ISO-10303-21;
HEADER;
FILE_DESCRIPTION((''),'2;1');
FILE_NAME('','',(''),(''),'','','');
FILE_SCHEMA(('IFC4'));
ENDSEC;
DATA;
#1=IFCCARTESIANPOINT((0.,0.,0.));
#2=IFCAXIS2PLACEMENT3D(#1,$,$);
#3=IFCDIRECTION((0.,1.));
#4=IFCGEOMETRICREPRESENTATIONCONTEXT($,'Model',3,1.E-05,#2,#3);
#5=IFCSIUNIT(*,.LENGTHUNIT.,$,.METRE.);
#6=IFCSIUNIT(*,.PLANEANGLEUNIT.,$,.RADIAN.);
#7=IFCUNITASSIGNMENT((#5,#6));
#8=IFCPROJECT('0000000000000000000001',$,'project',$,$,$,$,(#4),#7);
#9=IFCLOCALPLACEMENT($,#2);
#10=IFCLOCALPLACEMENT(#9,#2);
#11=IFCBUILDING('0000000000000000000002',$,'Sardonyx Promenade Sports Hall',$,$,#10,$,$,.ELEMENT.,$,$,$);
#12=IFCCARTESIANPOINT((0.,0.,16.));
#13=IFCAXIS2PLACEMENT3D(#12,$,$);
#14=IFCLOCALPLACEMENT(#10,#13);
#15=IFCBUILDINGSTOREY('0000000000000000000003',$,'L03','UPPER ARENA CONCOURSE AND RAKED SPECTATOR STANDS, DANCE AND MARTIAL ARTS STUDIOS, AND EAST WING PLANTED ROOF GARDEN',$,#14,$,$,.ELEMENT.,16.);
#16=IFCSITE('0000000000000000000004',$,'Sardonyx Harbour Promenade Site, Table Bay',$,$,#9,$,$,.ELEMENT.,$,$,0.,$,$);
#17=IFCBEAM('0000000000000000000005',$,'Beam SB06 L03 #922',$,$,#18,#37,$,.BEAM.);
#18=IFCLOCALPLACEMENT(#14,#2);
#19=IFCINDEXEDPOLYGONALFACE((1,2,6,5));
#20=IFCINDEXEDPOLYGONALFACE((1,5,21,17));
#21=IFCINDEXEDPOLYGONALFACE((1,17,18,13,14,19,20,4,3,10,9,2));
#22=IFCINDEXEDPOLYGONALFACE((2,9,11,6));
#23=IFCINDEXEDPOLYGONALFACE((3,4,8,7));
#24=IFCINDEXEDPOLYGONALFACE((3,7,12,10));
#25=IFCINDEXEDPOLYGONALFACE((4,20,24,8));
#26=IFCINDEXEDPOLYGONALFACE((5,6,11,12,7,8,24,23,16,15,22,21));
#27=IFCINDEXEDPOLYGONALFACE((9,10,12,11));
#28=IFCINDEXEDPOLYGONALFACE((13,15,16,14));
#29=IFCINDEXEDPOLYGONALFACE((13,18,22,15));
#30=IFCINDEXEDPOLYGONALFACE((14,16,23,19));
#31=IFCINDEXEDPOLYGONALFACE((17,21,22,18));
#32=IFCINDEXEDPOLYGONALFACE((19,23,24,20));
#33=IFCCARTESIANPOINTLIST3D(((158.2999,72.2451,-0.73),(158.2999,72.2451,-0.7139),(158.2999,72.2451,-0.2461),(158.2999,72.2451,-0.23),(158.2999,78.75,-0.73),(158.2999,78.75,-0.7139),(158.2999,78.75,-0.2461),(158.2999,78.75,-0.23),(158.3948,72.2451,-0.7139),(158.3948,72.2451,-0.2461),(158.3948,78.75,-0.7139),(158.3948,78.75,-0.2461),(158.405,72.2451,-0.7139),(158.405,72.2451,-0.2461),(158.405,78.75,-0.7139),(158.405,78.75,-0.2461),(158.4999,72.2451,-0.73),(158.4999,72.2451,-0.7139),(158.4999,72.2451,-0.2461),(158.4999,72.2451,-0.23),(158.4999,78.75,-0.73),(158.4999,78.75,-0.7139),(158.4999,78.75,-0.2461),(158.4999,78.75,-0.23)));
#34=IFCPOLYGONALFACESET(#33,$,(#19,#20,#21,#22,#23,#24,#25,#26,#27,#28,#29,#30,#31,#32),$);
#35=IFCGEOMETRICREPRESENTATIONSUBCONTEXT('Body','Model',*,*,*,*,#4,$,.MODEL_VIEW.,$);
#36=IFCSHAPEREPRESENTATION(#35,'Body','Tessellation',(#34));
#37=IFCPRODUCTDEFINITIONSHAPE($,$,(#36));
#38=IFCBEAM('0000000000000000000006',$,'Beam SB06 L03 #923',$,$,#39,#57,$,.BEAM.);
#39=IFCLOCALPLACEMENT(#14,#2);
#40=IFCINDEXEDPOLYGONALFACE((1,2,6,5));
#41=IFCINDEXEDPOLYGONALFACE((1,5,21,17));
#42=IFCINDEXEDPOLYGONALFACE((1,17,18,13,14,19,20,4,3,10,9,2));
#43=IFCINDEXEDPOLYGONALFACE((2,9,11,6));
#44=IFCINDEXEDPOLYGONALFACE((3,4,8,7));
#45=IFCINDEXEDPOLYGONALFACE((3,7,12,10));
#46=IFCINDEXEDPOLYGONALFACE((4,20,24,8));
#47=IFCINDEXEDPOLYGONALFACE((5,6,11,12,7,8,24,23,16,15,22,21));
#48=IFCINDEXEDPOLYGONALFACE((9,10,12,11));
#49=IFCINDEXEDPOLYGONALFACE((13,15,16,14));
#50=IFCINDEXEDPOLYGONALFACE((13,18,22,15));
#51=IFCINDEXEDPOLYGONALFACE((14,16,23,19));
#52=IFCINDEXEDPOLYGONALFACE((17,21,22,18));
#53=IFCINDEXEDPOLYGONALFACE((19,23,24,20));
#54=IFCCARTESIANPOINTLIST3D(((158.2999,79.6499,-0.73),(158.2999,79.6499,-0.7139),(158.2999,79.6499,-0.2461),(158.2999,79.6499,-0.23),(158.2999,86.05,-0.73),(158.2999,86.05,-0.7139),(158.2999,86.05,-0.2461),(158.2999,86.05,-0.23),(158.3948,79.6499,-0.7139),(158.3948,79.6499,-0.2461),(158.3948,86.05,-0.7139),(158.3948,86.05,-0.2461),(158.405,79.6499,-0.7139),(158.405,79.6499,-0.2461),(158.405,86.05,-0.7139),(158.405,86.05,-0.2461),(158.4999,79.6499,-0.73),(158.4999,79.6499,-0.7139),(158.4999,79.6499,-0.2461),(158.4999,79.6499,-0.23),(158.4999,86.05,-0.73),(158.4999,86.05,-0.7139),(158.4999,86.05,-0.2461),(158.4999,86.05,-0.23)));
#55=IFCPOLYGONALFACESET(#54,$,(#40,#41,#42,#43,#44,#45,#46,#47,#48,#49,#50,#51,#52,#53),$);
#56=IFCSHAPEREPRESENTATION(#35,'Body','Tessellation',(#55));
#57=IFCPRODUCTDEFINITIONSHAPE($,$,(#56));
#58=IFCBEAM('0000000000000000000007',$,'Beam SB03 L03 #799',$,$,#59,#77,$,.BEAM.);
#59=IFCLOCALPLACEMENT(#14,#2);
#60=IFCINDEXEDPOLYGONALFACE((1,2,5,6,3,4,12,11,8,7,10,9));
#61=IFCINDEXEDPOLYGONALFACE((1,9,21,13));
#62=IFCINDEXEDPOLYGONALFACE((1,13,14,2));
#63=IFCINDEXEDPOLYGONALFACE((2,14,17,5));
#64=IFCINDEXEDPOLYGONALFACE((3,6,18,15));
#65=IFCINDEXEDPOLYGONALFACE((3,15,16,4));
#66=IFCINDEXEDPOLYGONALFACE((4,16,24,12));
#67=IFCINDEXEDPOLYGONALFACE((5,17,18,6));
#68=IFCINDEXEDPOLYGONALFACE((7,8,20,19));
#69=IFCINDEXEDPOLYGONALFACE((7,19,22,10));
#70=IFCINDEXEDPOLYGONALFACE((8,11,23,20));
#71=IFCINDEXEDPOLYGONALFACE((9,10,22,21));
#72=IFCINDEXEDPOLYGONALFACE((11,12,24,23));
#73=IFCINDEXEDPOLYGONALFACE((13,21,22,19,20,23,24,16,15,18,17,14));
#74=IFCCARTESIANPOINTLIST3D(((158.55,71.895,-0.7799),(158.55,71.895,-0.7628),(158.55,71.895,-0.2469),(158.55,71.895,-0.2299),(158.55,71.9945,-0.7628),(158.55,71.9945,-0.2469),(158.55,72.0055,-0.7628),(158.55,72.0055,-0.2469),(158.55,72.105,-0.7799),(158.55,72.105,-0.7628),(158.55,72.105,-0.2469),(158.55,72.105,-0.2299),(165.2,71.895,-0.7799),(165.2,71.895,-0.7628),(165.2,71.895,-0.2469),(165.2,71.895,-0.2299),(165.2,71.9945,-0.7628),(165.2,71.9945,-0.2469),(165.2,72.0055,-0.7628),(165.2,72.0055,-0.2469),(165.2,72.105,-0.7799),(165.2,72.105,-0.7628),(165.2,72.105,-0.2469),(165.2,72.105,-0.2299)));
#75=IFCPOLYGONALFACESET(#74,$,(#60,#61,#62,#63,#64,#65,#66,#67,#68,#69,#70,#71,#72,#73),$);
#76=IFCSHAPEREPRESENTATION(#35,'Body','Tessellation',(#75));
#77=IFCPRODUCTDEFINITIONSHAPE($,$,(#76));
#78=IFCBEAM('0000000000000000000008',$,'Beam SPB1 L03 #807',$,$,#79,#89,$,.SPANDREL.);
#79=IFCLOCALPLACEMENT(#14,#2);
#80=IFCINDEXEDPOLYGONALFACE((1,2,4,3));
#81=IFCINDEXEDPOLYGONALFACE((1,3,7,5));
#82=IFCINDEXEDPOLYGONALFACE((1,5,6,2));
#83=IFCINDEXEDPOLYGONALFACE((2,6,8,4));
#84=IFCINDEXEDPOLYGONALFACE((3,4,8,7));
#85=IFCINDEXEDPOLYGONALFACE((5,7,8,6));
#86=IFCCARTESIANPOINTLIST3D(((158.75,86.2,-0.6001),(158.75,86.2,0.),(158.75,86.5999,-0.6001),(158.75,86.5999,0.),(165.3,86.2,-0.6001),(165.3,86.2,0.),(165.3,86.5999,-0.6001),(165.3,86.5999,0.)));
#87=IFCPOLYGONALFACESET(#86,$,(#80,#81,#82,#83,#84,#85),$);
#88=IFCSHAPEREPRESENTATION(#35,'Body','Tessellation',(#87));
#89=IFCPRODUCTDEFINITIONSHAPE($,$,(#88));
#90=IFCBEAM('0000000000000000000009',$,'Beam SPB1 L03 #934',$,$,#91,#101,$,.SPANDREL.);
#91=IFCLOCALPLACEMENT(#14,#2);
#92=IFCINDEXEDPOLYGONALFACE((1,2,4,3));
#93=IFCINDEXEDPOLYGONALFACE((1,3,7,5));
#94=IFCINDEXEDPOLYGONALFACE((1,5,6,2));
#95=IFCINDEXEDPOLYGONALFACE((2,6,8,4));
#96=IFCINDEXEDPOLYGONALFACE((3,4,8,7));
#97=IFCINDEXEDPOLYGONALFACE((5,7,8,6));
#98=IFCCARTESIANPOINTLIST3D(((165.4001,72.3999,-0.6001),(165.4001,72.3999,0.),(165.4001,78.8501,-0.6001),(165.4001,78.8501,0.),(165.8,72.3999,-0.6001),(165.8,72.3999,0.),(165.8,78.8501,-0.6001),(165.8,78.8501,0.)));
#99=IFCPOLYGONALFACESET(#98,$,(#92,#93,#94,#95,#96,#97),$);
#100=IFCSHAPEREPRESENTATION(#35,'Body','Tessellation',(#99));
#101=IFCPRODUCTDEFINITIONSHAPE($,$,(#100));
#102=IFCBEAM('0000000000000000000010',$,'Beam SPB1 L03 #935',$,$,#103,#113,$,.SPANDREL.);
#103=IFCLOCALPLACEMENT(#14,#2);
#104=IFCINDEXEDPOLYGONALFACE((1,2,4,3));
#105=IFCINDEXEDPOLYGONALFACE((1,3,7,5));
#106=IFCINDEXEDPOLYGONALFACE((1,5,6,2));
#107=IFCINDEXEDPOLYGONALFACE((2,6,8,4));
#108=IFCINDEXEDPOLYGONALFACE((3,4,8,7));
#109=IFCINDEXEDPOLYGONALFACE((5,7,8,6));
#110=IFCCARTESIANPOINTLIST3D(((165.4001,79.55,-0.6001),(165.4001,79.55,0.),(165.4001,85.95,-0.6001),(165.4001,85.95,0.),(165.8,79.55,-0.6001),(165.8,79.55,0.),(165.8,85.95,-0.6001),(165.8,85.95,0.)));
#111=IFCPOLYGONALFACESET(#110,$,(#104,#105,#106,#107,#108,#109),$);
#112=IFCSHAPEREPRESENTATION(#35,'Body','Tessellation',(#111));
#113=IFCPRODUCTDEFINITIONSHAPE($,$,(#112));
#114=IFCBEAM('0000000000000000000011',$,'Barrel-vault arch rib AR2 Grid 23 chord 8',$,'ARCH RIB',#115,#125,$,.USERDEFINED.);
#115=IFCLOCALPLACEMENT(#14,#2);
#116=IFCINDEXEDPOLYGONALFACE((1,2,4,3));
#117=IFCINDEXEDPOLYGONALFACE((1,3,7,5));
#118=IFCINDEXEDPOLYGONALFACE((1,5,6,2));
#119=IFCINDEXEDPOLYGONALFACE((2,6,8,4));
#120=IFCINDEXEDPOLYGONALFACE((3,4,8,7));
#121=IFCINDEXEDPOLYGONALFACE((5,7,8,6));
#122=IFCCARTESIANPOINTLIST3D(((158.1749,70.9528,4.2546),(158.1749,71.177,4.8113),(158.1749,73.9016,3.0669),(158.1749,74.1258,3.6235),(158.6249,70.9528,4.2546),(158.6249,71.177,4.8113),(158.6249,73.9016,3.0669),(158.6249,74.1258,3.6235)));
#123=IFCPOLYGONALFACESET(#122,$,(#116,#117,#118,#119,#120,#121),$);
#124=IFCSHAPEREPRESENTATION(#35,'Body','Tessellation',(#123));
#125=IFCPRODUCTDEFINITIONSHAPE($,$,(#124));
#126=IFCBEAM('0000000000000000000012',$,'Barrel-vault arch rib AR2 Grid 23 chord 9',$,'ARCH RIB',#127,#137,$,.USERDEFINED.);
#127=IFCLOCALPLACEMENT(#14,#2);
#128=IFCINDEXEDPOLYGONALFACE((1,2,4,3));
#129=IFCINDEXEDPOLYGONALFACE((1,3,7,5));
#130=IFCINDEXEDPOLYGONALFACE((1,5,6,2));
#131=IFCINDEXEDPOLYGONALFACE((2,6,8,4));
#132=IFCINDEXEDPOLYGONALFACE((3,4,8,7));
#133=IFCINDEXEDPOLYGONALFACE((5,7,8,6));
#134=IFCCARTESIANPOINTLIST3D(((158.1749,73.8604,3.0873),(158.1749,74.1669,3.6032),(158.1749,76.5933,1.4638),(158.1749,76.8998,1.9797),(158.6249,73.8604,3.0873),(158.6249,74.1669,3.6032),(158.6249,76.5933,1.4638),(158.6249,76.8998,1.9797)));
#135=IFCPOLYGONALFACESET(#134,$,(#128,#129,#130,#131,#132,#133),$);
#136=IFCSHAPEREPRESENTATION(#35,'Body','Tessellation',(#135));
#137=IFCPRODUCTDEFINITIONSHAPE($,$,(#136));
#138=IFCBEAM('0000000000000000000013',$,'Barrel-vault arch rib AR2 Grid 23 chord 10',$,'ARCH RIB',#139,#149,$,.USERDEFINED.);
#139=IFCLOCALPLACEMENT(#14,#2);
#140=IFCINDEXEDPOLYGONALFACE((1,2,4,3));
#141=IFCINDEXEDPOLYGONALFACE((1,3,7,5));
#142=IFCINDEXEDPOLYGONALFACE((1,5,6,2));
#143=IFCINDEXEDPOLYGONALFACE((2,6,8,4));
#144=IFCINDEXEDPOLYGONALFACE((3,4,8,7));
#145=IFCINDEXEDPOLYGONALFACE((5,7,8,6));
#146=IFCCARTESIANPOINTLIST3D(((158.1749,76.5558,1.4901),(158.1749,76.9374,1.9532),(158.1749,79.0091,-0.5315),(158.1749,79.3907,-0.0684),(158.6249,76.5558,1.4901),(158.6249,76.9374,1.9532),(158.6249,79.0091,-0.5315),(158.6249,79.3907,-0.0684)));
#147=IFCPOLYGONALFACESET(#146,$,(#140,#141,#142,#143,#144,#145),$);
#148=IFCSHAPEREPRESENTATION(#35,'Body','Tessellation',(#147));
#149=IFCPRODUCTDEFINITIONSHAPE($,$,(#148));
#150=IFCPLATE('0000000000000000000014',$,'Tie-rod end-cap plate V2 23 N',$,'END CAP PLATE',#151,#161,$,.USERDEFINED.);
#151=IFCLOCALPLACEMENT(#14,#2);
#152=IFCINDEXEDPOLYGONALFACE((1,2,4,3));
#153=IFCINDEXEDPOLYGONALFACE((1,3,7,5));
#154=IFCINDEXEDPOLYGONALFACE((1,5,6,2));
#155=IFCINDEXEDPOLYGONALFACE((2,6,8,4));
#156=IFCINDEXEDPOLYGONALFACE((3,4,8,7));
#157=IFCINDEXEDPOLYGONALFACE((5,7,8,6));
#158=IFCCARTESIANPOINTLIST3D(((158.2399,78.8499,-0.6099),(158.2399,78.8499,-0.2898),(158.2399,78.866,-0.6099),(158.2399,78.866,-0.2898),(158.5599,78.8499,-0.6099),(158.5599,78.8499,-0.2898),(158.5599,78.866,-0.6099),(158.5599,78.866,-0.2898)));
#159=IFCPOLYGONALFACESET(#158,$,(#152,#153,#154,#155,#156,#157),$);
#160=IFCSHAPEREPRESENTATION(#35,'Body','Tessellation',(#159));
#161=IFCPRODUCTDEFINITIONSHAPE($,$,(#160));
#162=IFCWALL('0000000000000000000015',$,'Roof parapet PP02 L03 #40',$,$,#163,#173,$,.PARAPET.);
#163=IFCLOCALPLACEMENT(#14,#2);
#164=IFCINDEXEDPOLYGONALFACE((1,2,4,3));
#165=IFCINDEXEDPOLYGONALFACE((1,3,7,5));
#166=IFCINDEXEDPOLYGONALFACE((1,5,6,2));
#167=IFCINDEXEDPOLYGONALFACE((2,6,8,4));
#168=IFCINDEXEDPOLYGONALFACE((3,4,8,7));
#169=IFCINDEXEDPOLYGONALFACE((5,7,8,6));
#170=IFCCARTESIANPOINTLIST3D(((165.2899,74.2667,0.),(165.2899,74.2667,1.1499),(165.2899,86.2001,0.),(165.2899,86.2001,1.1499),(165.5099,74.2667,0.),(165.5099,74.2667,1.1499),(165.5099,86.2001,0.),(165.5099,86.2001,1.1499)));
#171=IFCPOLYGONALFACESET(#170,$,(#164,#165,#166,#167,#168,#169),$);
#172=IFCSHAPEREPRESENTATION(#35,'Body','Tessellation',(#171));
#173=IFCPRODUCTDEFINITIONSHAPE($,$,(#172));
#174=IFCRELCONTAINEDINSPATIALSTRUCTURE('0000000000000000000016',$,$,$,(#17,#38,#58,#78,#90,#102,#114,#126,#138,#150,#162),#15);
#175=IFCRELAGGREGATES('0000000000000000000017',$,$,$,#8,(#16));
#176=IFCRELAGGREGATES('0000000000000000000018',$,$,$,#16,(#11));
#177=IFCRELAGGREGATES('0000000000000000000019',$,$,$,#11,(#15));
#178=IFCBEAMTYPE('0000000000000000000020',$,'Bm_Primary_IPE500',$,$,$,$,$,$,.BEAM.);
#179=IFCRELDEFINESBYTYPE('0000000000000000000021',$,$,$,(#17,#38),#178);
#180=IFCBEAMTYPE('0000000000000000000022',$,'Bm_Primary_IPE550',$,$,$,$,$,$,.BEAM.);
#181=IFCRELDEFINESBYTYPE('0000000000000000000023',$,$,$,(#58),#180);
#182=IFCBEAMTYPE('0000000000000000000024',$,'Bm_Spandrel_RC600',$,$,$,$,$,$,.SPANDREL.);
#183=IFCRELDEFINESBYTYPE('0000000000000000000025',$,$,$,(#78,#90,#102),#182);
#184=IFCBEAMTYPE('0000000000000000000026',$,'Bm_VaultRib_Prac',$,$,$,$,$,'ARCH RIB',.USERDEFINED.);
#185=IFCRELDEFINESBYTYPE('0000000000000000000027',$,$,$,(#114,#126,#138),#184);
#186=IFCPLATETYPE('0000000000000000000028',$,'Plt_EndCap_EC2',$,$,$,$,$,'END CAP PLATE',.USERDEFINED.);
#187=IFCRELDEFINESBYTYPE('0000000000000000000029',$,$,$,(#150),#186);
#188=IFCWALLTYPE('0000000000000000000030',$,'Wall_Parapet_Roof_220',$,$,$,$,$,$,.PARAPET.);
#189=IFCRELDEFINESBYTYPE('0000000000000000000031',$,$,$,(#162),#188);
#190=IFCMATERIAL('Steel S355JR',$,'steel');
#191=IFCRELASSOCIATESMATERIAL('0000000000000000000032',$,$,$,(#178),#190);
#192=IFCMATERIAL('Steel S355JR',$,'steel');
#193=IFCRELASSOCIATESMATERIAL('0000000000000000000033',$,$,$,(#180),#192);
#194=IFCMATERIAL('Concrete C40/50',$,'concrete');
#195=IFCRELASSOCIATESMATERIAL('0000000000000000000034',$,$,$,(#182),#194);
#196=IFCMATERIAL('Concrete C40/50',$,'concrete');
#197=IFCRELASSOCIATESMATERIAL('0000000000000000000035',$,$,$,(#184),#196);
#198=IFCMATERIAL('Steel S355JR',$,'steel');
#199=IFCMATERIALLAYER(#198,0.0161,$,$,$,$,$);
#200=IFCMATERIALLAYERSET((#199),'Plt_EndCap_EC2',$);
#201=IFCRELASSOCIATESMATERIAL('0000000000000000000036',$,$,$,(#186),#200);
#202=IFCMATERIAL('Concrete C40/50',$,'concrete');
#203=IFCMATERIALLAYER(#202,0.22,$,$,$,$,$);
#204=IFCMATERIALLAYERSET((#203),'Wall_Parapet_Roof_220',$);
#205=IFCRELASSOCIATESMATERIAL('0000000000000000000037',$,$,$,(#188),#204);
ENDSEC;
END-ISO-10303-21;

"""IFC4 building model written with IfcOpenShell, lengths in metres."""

from ifc_helpers import new_model, si_unit, direction, frame, frame_2d, origin, origin_2d, place, context, subcontext, project, spatial, rectangle, i_section, extrude, material, layer, layer_set, material_profile, profile_set, type_object, element, save


model = new_model("IFC4")

# Units and contexts
model_context = context("Model", 3, precision=1e-05, world=origin(), true_north=direction((0.0, 1.0)))
body_context = subcontext(model_context, "Body", "Model", "MODEL_VIEW")
ifc_project = project(units=[si_unit("LENGTHUNIT", "METRE"), si_unit("PLANEANGLEUNIT", "RADIAN")], contexts=[model_context])

# Site, building, storey
site_placement = place(None, origin())
site = spatial("IfcSite", under=ifc_project, at=site_placement, Name="Sardonyx Harbour Promenade Site, Table Bay", CompositionType="ELEMENT", RefElevation=0.0)
building_placement = place(site_placement, origin())
building = spatial("IfcBuilding", under=site, at=building_placement, Name="Sardonyx Promenade Sports Hall", CompositionType="ELEMENT")
storey_placement = place(building_placement, frame((0.0, 0.0, 16.0)))
storey = spatial("IfcBuildingStorey", under=building, at=storey_placement, Name="L03", Description="UPPER ARENA CONCOURSE AND RAKED SPECTATOR STANDS, DANCE AND MARTIAL ARTS STUDIOS, AND EAST WING PLANTED ROOF GARDEN", CompositionType="ELEMENT", Elevation=16.0)

# Beams
ifc_material_1 = material(Name="Steel S355JR", Category="steel")
ifc_material_profile_1 = material_profile(ifc_material_1, i_section(OverallWidth=0.2, OverallDepth=0.5, WebThickness=0.0103, FlangeThickness=0.0161, at=origin_2d()))
ifc_profile_set_1 = profile_set([ifc_material_profile_1], Name="Steel S355JR")
beam_type_1 = type_object("IfcBeamType", Name="Bm_Primary_IPE500", PredefinedType="BEAM", material=ifc_profile_set_1)
beam_1_placement = place(storey_placement, frame((158.3999, 72.2451, -0.48), z_axis=(0.0, 1.0, 0.0), x_axis=(-1.0, 0.0, 0.0)))
element("IfcBeam", 1, at=beam_1_placement, inside=storey, type_object=beam_type_1, Name="Beam SB06 L03 #922", PredefinedType="BEAM", context=body_context, shape_type="SweptSolid", body=[
    extrude(i_section(OverallWidth=0.2, OverallDepth=0.5, WebThickness=0.0103, FlangeThickness=0.0161, at=origin_2d()), origin(), (0.0, 0.0, 1.0), 6.5049),
])
beam_2_placement = place(storey_placement, frame((158.3999, 79.6499, -0.48), z_axis=(0.0, 1.0, 0.0), x_axis=(-1.0, 0.0, 0.0)))
element("IfcBeam", 2, at=beam_2_placement, inside=storey, type_object=beam_type_1, Name="Beam SB06 L03 #923", PredefinedType="BEAM", context=body_context, shape_type="SweptSolid", body=[
    extrude(i_section(OverallWidth=0.2, OverallDepth=0.5, WebThickness=0.0103, FlangeThickness=0.0161, at=origin_2d()), origin(), (0.0, 0.0, 1.0), 6.4001),
])
ifc_material_2 = material(Name="Steel S355JR", Category="steel")
ifc_material_profile_2 = material_profile(ifc_material_2, i_section(OverallWidth=0.21, OverallDepth=0.55, WebThickness=0.011, FlangeThickness=0.0171, at=origin_2d()))
ifc_profile_set_2 = profile_set([ifc_material_profile_2], Name="Steel S355JR")
beam_type_2 = type_object("IfcBeamType", Name="Bm_Primary_IPE550", PredefinedType="BEAM", material=ifc_profile_set_2)
beam_3_placement = place(storey_placement, frame((158.55, 72.0, -0.5049), z_axis=(1.0, 0.0, 0.0), x_axis=(0.0, 1.0, 0.0)))
element("IfcBeam", 3, at=beam_3_placement, inside=storey, type_object=beam_type_2, Name="Beam SB03 L03 #799", PredefinedType="BEAM", context=body_context, shape_type="SweptSolid", body=[
    extrude(i_section(OverallWidth=0.21, OverallDepth=0.55, WebThickness=0.011, FlangeThickness=0.0171, at=origin_2d()), origin(), (0.0, 0.0, 1.0), 6.6499),
])
ifc_material_3 = material(Name="Concrete C40/50", Category="concrete")
ifc_material_profile_3 = material_profile(ifc_material_3, rectangle(XDim=0.3999, YDim=0.6001, at=origin_2d()))
ifc_profile_set_3 = profile_set([ifc_material_profile_3], Name="Concrete C40/50")
beam_type_3 = type_object("IfcBeamType", Name="Bm_Spandrel_RC600", PredefinedType="SPANDREL", material=ifc_profile_set_3)
beam_4_placement = place(storey_placement, frame((158.75, 86.3999, -0.3), z_axis=(1.0, 0.0, 0.0), x_axis=(0.0, 1.0, 0.0)))
element("IfcBeam", 4, at=beam_4_placement, inside=storey, type_object=beam_type_3, Name="Beam SPB1 L03 #807", PredefinedType="SPANDREL", context=body_context, shape_type="SweptSolid", body=[
    extrude(rectangle(XDim=0.3999, YDim=0.6001, at=origin_2d()), origin(), (0.0, 0.0, 1.0), 6.55),
])
beam_5_placement = place(storey_placement, frame((165.6001, 72.3999, -0.3), z_axis=(0.0, 1.0, 0.0), x_axis=(-1.0, 0.0, 0.0)))
element("IfcBeam", 5, at=beam_5_placement, inside=storey, type_object=beam_type_3, Name="Beam SPB1 L03 #934", PredefinedType="SPANDREL", context=body_context, shape_type="SweptSolid", body=[
    extrude(rectangle(XDim=0.3999, YDim=0.6001, at=origin_2d()), origin(), (0.0, 0.0, 1.0), 6.4502),
])
beam_6_placement = place(storey_placement, frame((165.6001, 79.55, -0.3), z_axis=(0.0, 1.0, 0.0), x_axis=(-1.0, 0.0, 0.0)))
element("IfcBeam", 6, at=beam_6_placement, inside=storey, type_object=beam_type_3, Name="Beam SPB1 L03 #935", PredefinedType="SPANDREL", context=body_context, shape_type="SweptSolid", body=[
    extrude(rectangle(XDim=0.3999, YDim=0.6001, at=origin_2d()), origin(), (0.0, 0.0, 1.0), 6.3999),
])
ifc_material_4 = material(Name="Concrete C40/50", Category="concrete")
ifc_material_profile_4 = material_profile(ifc_material_4, rectangle(XDim=0.45, YDim=0.6001, at=origin_2d()))
ifc_profile_set_4 = profile_set([ifc_material_profile_4], Name="Concrete C40/50")
beam_type_4 = type_object("IfcBeamType", Name="Bm_VaultRib_Prac", ElementType="ARCH RIB", PredefinedType="USERDEFINED", material=ifc_profile_set_4)
beam_7_placement = place(storey_placement, frame((158.3999, 71.0649, 4.533), z_axis=(0.0, 0.927579, -0.373627), x_axis=(-1.0, 0.0, 0.0)))
element("IfcBeam", 7, at=beam_7_placement, inside=storey, type_object=beam_type_4, Name="Barrel-vault arch rib AR2 Grid 23 chord 8", ObjectType="ARCH RIB", PredefinedType="USERDEFINED", context=body_context, shape_type="SweptSolid", body=[
    extrude(rectangle(XDim=0.45, YDim=0.6001, at=origin_2d()), origin(), (0.0, 0.0, 1.0), 3.179),
])
beam_8_placement = place(storey_placement, frame((158.3999, 74.0137, 3.3452), z_axis=(0.0, 0.859735, -0.510741), x_axis=(-1.0, 0.0, 0.0)))
element("IfcBeam", 8, at=beam_8_placement, inside=storey, type_object=beam_type_4, Name="Barrel-vault arch rib AR2 Grid 23 chord 9", ObjectType="ARCH RIB", PredefinedType="USERDEFINED", context=body_context, shape_type="SweptSolid", body=[
    extrude(rectangle(XDim=0.45, YDim=0.6001, at=origin_2d()), origin(), (0.0, 0.0, 1.0), 3.1787),
])
beam_9_placement = place(storey_placement, frame((158.3999, 76.7466, 1.7217), z_axis=(0.0, 0.771728, -0.635952), x_axis=(-1.0, 0.0, 0.0)))
element("IfcBeam", 9, at=beam_9_placement, inside=storey, type_object=beam_type_4, Name="Barrel-vault arch rib AR2 Grid 23 chord 10", ObjectType="ARCH RIB", PredefinedType="USERDEFINED", context=body_context, shape_type="SweptSolid", body=[
    extrude(rectangle(XDim=0.45, YDim=0.6001, at=origin_2d()), origin(), (0.0, 0.0, 1.0), 3.179),
])

# Plate
ifc_material_5 = material(Name="Steel S355JR", Category="steel")
ifc_layer_1 = layer(ifc_material_5, 0.0161)
ifc_layer_set_1 = layer_set([ifc_layer_1], Name="Plt_EndCap_EC2")
plate_type = type_object("IfcPlateType", Name="Plt_EndCap_EC2", ElementType="END CAP PLATE", PredefinedType="USERDEFINED", material=ifc_layer_set_1)
plate_placement = place(storey_placement, frame((158.3999, 78.8579, -0.6099), z_axis=(0.0, 0.0, 1.0), x_axis=(1.0, 0.0, 0.0)))
element("IfcPlate", 10, at=plate_placement, inside=storey, type_object=plate_type, Name="Tie-rod end-cap plate V2 23 N", ObjectType="END CAP PLATE", PredefinedType="USERDEFINED", context=body_context, shape_type="SweptSolid", body=[
    extrude(rectangle(XDim=0.3201, YDim=0.0161, at=origin_2d()), origin(), (0.0, 0.0, 1.0), 0.3201),
])

# Wall
ifc_material_6 = material(Name="Concrete C40/50", Category="concrete")
ifc_layer_2 = layer(ifc_material_6, 0.22)
ifc_layer_set_2 = layer_set([ifc_layer_2], Name="Wall_Parapet_Roof_220")
wall_type = type_object("IfcWallType", Name="Wall_Parapet_Roof_220", PredefinedType="PARAPET", material=ifc_layer_set_2)
wall_placement = place(storey_placement, frame((165.3999, 74.2666, 0.0), z_axis=(0.0, 0.0, 1.0), x_axis=(0.0, 1.0, 0.0)))
element("IfcWall", 11, at=wall_placement, inside=storey, type_object=wall_type, Name="Roof parapet PP02 L03 #40", PredefinedType="PARAPET", context=body_context, shape_type="SweptSolid", body=[
    extrude(rectangle(XDim=11.9333, YDim=0.22, at=frame_2d((5.9668, 0.0))), origin(), (0.0, 0.0, 1.0), 1.1499),
])

save(model, "model.ifc")
